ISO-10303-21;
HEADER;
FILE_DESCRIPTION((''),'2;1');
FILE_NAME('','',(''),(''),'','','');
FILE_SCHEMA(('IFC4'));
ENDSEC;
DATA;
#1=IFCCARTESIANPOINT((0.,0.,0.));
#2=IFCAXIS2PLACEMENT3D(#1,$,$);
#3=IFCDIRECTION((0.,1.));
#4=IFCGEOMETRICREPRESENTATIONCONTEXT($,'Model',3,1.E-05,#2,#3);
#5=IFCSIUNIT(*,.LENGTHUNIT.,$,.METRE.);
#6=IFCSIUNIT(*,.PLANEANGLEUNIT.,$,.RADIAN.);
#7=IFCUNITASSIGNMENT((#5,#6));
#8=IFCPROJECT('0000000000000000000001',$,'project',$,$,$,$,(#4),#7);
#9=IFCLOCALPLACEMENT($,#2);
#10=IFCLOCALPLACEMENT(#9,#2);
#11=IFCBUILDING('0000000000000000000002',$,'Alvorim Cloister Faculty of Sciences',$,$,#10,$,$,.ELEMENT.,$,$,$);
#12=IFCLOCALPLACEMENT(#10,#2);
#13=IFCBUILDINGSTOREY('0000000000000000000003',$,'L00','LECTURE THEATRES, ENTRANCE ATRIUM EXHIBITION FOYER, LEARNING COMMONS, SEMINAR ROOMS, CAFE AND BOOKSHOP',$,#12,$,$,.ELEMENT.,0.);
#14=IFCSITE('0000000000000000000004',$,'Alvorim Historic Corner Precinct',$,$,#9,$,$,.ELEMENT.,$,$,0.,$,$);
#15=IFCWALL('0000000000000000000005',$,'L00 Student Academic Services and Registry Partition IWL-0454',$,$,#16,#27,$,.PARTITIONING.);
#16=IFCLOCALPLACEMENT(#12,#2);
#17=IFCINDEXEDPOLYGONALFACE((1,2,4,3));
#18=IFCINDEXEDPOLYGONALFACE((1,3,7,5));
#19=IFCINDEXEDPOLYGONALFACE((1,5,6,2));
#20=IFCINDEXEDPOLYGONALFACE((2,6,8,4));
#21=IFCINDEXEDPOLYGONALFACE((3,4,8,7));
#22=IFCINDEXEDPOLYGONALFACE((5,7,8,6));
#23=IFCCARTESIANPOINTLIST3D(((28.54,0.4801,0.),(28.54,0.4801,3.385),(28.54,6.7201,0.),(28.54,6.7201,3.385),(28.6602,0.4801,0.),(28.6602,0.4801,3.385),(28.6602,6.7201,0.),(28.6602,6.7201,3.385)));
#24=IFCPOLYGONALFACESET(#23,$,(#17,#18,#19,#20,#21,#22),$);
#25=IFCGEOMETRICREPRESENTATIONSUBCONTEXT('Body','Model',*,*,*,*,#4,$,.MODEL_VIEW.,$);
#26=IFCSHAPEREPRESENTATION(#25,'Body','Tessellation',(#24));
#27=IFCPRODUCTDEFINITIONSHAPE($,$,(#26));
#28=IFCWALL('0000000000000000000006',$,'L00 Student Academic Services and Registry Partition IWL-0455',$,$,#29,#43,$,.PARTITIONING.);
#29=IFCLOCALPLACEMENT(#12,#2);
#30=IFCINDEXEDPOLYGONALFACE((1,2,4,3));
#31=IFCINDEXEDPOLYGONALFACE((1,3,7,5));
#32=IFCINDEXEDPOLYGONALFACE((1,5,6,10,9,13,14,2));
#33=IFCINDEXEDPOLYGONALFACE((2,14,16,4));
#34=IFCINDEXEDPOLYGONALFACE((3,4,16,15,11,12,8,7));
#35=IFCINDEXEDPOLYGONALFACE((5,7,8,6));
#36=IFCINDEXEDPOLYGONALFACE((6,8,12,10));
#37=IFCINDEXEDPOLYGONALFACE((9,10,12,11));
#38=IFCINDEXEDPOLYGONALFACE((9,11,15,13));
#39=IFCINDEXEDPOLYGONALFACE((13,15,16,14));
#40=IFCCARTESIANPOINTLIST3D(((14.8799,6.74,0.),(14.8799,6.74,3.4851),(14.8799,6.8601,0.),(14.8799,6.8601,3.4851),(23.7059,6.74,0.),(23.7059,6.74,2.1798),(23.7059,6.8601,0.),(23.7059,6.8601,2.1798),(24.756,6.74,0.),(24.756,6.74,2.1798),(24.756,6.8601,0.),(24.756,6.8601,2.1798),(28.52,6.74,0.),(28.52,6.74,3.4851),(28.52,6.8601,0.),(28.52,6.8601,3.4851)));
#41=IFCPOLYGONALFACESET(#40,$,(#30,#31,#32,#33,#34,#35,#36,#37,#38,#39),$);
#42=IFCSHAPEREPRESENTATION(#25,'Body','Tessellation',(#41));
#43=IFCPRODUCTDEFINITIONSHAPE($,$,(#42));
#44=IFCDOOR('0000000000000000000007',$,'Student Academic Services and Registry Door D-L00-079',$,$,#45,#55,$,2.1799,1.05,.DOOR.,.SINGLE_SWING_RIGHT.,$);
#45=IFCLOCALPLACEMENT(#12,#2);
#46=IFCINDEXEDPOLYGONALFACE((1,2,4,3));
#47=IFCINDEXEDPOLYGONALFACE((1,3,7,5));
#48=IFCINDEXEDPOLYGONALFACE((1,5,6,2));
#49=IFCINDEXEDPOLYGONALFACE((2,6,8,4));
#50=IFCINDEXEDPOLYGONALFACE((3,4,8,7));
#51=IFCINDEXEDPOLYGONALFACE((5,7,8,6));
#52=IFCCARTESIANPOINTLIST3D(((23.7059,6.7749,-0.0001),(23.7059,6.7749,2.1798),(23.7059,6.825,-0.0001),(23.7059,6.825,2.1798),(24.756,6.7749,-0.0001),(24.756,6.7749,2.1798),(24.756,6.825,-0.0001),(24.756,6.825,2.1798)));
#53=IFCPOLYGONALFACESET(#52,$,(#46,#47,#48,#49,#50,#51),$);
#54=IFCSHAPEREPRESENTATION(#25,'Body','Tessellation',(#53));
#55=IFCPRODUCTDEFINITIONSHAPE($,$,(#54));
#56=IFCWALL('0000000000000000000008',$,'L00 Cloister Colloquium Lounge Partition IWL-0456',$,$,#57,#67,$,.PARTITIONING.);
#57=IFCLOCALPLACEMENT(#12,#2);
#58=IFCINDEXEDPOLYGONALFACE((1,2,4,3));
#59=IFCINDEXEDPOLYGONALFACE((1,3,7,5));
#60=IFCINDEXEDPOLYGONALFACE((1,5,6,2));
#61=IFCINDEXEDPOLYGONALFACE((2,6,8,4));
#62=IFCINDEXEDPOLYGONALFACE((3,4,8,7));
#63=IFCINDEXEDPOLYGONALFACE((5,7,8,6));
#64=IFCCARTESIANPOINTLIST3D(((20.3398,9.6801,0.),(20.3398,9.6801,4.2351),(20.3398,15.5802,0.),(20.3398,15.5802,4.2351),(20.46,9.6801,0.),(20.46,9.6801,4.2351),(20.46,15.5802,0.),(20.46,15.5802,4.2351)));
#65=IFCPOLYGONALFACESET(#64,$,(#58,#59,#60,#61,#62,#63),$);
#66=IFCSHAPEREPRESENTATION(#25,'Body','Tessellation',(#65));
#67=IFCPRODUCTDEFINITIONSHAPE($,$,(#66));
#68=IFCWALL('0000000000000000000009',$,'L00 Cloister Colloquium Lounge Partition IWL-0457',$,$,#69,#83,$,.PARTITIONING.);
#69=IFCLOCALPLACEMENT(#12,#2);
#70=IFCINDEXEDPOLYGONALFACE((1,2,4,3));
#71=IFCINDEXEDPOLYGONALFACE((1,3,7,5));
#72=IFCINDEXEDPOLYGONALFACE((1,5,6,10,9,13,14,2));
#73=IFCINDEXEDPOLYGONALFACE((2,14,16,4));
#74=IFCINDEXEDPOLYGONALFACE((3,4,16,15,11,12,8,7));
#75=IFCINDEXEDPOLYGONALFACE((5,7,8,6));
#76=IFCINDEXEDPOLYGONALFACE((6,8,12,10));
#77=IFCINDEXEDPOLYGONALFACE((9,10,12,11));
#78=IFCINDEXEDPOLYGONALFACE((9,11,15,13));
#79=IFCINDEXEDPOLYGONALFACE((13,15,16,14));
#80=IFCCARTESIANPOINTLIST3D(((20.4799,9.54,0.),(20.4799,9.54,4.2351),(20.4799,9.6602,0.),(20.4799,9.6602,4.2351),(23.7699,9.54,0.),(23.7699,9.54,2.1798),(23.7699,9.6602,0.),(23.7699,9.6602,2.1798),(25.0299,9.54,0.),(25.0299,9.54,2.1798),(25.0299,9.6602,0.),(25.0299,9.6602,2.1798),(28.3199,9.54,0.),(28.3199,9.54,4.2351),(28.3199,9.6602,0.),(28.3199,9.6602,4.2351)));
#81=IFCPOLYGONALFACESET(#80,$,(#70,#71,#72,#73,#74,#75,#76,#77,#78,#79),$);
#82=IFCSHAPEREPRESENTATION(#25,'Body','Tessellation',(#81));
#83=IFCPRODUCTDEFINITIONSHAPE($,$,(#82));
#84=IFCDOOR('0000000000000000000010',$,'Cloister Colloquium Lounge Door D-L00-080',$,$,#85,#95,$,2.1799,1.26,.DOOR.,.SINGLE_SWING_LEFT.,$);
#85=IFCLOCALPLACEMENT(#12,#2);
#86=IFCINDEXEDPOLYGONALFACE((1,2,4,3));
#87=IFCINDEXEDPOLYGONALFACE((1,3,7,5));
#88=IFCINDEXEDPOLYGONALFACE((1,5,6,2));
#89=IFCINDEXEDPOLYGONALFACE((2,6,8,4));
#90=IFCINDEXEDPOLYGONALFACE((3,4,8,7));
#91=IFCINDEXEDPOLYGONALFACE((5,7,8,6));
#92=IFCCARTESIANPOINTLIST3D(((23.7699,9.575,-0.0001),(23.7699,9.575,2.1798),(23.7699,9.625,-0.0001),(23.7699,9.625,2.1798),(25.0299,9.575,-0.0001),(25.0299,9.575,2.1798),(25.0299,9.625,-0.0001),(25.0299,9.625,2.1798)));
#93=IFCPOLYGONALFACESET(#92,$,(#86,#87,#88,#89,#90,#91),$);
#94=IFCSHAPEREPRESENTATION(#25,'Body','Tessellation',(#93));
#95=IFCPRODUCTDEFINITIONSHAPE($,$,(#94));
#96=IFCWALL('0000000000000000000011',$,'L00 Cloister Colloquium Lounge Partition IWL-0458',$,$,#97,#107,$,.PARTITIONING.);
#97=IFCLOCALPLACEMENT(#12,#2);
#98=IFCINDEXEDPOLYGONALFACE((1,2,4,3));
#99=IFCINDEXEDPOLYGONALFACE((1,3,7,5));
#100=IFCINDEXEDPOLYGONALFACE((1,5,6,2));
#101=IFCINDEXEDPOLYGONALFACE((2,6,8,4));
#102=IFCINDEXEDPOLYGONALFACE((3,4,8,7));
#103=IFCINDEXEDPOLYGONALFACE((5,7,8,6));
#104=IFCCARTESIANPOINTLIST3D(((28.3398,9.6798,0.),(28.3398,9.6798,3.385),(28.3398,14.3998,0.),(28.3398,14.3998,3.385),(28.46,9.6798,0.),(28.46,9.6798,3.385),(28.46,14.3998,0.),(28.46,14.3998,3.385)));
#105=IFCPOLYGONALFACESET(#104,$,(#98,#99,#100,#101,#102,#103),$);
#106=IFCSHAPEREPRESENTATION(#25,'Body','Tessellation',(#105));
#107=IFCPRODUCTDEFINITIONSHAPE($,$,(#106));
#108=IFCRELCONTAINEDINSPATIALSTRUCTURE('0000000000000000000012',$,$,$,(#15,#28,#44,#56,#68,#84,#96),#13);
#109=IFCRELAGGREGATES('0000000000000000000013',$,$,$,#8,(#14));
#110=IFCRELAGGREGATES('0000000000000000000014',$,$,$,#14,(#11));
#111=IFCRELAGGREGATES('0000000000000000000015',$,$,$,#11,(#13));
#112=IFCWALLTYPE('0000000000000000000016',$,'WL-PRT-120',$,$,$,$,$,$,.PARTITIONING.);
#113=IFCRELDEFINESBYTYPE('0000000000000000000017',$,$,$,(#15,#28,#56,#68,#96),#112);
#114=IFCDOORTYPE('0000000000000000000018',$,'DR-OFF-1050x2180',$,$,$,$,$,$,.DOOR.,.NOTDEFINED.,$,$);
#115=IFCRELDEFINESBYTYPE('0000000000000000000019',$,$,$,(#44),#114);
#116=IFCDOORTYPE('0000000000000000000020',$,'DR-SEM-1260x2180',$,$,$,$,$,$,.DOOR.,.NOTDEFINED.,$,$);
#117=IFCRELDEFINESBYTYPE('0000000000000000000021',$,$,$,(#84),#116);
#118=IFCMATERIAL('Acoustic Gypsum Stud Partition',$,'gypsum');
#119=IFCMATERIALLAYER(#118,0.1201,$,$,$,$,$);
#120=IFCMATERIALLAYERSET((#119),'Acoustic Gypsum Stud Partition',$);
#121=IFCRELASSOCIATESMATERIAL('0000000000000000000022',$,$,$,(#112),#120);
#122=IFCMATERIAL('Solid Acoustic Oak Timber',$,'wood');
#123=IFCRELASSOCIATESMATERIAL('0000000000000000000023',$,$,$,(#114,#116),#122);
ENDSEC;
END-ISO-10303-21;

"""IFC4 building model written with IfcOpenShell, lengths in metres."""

from ifc_helpers import new_model, si_unit, direction, frame, frame_2d, origin, place, context, subcontext, project, spatial, rectangle, extrude, material, layer, layer_set, type_object, element, fill, save


model = new_model("IFC4")

# Units and contexts
model_context = context("Model", 3, precision=1e-05, world=origin(), true_north=direction((0.0, 1.0)))
body_context = subcontext(model_context, "Body", "Model", "MODEL_VIEW")
ifc_project = project(units=[si_unit("LENGTHUNIT", "METRE"), si_unit("PLANEANGLEUNIT", "RADIAN")], contexts=[model_context])

# Site, building, storey
site_placement = place(None, origin())
site = spatial("IfcSite", under=ifc_project, at=site_placement, Name="Alvorim Historic Corner Precinct", CompositionType="ELEMENT", RefElevation=0.0)
building_placement = place(site_placement, origin())
building = spatial("IfcBuilding", under=site, at=building_placement, Name="Alvorim Cloister Faculty of Sciences", CompositionType="ELEMENT")
storey_placement = place(building_placement, origin())
storey = spatial("IfcBuildingStorey", under=building, at=storey_placement, Name="L00", Description="LECTURE THEATRES, ENTRANCE ATRIUM EXHIBITION FOYER, LEARNING COMMONS, SEMINAR ROOMS, CAFE AND BOOKSHOP", CompositionType="ELEMENT", Elevation=0.0)

# Wall
ifc_material_1 = material(Name="Acoustic Gypsum Stud Partition", Category="gypsum")
ifc_layer_1 = layer(ifc_material_1, 0.1201)
ifc_layer_set_1 = layer_set([ifc_layer_1], Name="Acoustic Gypsum Stud Partition")
wall_type_1 = type_object("IfcWallType", Name="WL-PRT-120", PredefinedType="PARTITIONING", material=ifc_layer_set_1)
wall_1_placement = place(storey_placement, frame((28.6001, 0.48, 0.0), z_axis=(0.0, 0.0, 1.0), x_axis=(0.0, 1.0, 0.0)))
element("IfcWall", 1, at=wall_1_placement, inside=storey, type_object=wall_type_1, Name="L00 Student Academic Services and Registry Partition IWL-0454", PredefinedType="PARTITIONING", context=body_context, shape_type="SweptSolid", body=[
    extrude(rectangle(XDim=6.24, YDim=0.1201, at=frame_2d((3.1201, 0.0))), origin(), (0.0, 0.0, 1.0), 3.385),
])

# Wall, opening, door
wall_2_placement = place(storey_placement, frame((14.8799, 6.8, 0.0), z_axis=(0.0, 0.0, 1.0), x_axis=(1.0, 0.0, 0.0)))
wall_2 = element("IfcWall", 2, at=wall_2_placement, inside=storey, type_object=wall_type_1, Name="L00 Student Academic Services and Registry Partition IWL-0455", PredefinedType="PARTITIONING", context=body_context, shape_type="SweptSolid", body=[
    extrude(rectangle(XDim=13.6401, YDim=0.1201, at=frame_2d((6.8201, 0.0))), origin(), (0.0, 0.0, 1.0), 3.4851),
])
opening_1_placement = place(wall_2_placement, frame((8.8262, 0.0, 0.0)))
opening_1 = element("IfcOpeningElement", 3, at=opening_1_placement, cuts=wall_2, PredefinedType="OPENING", context=body_context, shape_type="SweptSolid", body=[
    extrude(rectangle(XDim=1.05, YDim=2.1799, at=frame_2d((0.5249, 1.0898))), frame((0.0, 0.072, 0.0), z_axis=(0.0, -1.0, 0.0), x_axis=(1.0, 0.0, 0.0)), (0.0, 0.0, 1.0), 0.144),
])
ifc_material_2 = material(Name="Solid Acoustic Oak Timber", Category="wood")
door_type_1 = type_object("IfcDoorType", Name="DR-OFF-1050x2180", OperationType="NOTDEFINED", PredefinedType="DOOR", material=ifc_material_2)
door_1_placement = place(opening_1_placement, origin())
door_1 = element("IfcDoor", 4, at=door_1_placement, inside=storey, type_object=door_type_1, Name="Student Academic Services and Registry Door D-L00-079", OperationType="SINGLE_SWING_RIGHT", OverallHeight=2.1799, OverallWidth=1.05, PredefinedType="DOOR", context=body_context, shape_type="SweptSolid", body=[
    extrude(rectangle(XDim=1.05, YDim=2.1799, at=frame_2d((0.5249, 1.0898))), frame((0.0, 0.0249, 0.0), z_axis=(0.0, -1.0, 0.0), x_axis=(1.0, 0.0, 0.0)), (0.0, 0.0, 1.0), 0.05),
])
fill(opening_1, door_1)

# Wall
wall_3_placement = place(storey_placement, frame((20.3999, 9.6799, 0.0), z_axis=(0.0, 0.0, 1.0), x_axis=(0.0, 1.0, 0.0)))
element("IfcWall", 5, at=wall_3_placement, inside=storey, type_object=wall_type_1, Name="L00 Cloister Colloquium Lounge Partition IWL-0456", PredefinedType="PARTITIONING", context=body_context, shape_type="SweptSolid", body=[
    extrude(rectangle(XDim=5.9001, YDim=0.1201, at=frame_2d((2.9502, 0.0))), origin(), (0.0, 0.0, 1.0), 4.2351),
])

# Wall, opening, door
wall_4_placement = place(storey_placement, frame((20.48, 9.6001, 0.0), z_axis=(0.0, 0.0, 1.0), x_axis=(1.0, 0.0, 0.0)))
wall_4 = element("IfcWall", 6, at=wall_4_placement, inside=storey, type_object=wall_type_1, Name="L00 Cloister Colloquium Lounge Partition IWL-0457", PredefinedType="PARTITIONING", context=body_context, shape_type="SweptSolid", body=[
    extrude(rectangle(XDim=7.8401, YDim=0.1201, at=frame_2d((3.9199, 0.0))), origin(), (0.0, 0.0, 1.0), 4.2351),
])
opening_2_placement = place(wall_4_placement, frame((3.29, 0.0, 0.0)))
opening_2 = element("IfcOpeningElement", 7, at=opening_2_placement, cuts=wall_4, PredefinedType="OPENING", context=body_context, shape_type="SweptSolid", body=[
    extrude(rectangle(XDim=1.26, YDim=2.1799, at=frame_2d((0.6299, 1.0898))), frame((0.0, 0.072, 0.0), z_axis=(0.0, -1.0, 0.0), x_axis=(1.0, 0.0, 0.0)), (0.0, 0.0, 1.0), 0.144),
])
door_type_2 = type_object("IfcDoorType", Name="DR-SEM-1260x2180", OperationType="NOTDEFINED", PredefinedType="DOOR", material=ifc_material_2)
door_2_placement = place(opening_2_placement, origin())
door_2 = element("IfcDoor", 8, at=door_2_placement, inside=storey, type_object=door_type_2, Name="Cloister Colloquium Lounge Door D-L00-080", OperationType="SINGLE_SWING_LEFT", OverallHeight=2.1799, OverallWidth=1.26, PredefinedType="DOOR", context=body_context, shape_type="SweptSolid", body=[
    extrude(rectangle(XDim=1.26, YDim=2.1799, at=frame_2d((0.6299, 1.0898))), frame((0.0, 0.0249, 0.0), z_axis=(0.0, -1.0, 0.0), x_axis=(1.0, 0.0, 0.0)), (0.0, 0.0, 1.0), 0.05),
])
fill(opening_2, door_2)

# Wall
wall_5_placement = place(storey_placement, frame((28.3999, 9.6799, 0.0), z_axis=(0.0, 0.0, 1.0), x_axis=(0.0, 1.0, 0.0)))
element("IfcWall", 9, at=wall_5_placement, inside=storey, type_object=wall_type_1, Name="L00 Cloister Colloquium Lounge Partition IWL-0458", PredefinedType="PARTITIONING", context=body_context, shape_type="SweptSolid", body=[
    extrude(rectangle(XDim=4.72, YDim=0.1201, at=frame_2d((2.3599, 0.0))), origin(), (0.0, 0.0, 1.0), 3.385),
])

save(model, "model.ifc")
